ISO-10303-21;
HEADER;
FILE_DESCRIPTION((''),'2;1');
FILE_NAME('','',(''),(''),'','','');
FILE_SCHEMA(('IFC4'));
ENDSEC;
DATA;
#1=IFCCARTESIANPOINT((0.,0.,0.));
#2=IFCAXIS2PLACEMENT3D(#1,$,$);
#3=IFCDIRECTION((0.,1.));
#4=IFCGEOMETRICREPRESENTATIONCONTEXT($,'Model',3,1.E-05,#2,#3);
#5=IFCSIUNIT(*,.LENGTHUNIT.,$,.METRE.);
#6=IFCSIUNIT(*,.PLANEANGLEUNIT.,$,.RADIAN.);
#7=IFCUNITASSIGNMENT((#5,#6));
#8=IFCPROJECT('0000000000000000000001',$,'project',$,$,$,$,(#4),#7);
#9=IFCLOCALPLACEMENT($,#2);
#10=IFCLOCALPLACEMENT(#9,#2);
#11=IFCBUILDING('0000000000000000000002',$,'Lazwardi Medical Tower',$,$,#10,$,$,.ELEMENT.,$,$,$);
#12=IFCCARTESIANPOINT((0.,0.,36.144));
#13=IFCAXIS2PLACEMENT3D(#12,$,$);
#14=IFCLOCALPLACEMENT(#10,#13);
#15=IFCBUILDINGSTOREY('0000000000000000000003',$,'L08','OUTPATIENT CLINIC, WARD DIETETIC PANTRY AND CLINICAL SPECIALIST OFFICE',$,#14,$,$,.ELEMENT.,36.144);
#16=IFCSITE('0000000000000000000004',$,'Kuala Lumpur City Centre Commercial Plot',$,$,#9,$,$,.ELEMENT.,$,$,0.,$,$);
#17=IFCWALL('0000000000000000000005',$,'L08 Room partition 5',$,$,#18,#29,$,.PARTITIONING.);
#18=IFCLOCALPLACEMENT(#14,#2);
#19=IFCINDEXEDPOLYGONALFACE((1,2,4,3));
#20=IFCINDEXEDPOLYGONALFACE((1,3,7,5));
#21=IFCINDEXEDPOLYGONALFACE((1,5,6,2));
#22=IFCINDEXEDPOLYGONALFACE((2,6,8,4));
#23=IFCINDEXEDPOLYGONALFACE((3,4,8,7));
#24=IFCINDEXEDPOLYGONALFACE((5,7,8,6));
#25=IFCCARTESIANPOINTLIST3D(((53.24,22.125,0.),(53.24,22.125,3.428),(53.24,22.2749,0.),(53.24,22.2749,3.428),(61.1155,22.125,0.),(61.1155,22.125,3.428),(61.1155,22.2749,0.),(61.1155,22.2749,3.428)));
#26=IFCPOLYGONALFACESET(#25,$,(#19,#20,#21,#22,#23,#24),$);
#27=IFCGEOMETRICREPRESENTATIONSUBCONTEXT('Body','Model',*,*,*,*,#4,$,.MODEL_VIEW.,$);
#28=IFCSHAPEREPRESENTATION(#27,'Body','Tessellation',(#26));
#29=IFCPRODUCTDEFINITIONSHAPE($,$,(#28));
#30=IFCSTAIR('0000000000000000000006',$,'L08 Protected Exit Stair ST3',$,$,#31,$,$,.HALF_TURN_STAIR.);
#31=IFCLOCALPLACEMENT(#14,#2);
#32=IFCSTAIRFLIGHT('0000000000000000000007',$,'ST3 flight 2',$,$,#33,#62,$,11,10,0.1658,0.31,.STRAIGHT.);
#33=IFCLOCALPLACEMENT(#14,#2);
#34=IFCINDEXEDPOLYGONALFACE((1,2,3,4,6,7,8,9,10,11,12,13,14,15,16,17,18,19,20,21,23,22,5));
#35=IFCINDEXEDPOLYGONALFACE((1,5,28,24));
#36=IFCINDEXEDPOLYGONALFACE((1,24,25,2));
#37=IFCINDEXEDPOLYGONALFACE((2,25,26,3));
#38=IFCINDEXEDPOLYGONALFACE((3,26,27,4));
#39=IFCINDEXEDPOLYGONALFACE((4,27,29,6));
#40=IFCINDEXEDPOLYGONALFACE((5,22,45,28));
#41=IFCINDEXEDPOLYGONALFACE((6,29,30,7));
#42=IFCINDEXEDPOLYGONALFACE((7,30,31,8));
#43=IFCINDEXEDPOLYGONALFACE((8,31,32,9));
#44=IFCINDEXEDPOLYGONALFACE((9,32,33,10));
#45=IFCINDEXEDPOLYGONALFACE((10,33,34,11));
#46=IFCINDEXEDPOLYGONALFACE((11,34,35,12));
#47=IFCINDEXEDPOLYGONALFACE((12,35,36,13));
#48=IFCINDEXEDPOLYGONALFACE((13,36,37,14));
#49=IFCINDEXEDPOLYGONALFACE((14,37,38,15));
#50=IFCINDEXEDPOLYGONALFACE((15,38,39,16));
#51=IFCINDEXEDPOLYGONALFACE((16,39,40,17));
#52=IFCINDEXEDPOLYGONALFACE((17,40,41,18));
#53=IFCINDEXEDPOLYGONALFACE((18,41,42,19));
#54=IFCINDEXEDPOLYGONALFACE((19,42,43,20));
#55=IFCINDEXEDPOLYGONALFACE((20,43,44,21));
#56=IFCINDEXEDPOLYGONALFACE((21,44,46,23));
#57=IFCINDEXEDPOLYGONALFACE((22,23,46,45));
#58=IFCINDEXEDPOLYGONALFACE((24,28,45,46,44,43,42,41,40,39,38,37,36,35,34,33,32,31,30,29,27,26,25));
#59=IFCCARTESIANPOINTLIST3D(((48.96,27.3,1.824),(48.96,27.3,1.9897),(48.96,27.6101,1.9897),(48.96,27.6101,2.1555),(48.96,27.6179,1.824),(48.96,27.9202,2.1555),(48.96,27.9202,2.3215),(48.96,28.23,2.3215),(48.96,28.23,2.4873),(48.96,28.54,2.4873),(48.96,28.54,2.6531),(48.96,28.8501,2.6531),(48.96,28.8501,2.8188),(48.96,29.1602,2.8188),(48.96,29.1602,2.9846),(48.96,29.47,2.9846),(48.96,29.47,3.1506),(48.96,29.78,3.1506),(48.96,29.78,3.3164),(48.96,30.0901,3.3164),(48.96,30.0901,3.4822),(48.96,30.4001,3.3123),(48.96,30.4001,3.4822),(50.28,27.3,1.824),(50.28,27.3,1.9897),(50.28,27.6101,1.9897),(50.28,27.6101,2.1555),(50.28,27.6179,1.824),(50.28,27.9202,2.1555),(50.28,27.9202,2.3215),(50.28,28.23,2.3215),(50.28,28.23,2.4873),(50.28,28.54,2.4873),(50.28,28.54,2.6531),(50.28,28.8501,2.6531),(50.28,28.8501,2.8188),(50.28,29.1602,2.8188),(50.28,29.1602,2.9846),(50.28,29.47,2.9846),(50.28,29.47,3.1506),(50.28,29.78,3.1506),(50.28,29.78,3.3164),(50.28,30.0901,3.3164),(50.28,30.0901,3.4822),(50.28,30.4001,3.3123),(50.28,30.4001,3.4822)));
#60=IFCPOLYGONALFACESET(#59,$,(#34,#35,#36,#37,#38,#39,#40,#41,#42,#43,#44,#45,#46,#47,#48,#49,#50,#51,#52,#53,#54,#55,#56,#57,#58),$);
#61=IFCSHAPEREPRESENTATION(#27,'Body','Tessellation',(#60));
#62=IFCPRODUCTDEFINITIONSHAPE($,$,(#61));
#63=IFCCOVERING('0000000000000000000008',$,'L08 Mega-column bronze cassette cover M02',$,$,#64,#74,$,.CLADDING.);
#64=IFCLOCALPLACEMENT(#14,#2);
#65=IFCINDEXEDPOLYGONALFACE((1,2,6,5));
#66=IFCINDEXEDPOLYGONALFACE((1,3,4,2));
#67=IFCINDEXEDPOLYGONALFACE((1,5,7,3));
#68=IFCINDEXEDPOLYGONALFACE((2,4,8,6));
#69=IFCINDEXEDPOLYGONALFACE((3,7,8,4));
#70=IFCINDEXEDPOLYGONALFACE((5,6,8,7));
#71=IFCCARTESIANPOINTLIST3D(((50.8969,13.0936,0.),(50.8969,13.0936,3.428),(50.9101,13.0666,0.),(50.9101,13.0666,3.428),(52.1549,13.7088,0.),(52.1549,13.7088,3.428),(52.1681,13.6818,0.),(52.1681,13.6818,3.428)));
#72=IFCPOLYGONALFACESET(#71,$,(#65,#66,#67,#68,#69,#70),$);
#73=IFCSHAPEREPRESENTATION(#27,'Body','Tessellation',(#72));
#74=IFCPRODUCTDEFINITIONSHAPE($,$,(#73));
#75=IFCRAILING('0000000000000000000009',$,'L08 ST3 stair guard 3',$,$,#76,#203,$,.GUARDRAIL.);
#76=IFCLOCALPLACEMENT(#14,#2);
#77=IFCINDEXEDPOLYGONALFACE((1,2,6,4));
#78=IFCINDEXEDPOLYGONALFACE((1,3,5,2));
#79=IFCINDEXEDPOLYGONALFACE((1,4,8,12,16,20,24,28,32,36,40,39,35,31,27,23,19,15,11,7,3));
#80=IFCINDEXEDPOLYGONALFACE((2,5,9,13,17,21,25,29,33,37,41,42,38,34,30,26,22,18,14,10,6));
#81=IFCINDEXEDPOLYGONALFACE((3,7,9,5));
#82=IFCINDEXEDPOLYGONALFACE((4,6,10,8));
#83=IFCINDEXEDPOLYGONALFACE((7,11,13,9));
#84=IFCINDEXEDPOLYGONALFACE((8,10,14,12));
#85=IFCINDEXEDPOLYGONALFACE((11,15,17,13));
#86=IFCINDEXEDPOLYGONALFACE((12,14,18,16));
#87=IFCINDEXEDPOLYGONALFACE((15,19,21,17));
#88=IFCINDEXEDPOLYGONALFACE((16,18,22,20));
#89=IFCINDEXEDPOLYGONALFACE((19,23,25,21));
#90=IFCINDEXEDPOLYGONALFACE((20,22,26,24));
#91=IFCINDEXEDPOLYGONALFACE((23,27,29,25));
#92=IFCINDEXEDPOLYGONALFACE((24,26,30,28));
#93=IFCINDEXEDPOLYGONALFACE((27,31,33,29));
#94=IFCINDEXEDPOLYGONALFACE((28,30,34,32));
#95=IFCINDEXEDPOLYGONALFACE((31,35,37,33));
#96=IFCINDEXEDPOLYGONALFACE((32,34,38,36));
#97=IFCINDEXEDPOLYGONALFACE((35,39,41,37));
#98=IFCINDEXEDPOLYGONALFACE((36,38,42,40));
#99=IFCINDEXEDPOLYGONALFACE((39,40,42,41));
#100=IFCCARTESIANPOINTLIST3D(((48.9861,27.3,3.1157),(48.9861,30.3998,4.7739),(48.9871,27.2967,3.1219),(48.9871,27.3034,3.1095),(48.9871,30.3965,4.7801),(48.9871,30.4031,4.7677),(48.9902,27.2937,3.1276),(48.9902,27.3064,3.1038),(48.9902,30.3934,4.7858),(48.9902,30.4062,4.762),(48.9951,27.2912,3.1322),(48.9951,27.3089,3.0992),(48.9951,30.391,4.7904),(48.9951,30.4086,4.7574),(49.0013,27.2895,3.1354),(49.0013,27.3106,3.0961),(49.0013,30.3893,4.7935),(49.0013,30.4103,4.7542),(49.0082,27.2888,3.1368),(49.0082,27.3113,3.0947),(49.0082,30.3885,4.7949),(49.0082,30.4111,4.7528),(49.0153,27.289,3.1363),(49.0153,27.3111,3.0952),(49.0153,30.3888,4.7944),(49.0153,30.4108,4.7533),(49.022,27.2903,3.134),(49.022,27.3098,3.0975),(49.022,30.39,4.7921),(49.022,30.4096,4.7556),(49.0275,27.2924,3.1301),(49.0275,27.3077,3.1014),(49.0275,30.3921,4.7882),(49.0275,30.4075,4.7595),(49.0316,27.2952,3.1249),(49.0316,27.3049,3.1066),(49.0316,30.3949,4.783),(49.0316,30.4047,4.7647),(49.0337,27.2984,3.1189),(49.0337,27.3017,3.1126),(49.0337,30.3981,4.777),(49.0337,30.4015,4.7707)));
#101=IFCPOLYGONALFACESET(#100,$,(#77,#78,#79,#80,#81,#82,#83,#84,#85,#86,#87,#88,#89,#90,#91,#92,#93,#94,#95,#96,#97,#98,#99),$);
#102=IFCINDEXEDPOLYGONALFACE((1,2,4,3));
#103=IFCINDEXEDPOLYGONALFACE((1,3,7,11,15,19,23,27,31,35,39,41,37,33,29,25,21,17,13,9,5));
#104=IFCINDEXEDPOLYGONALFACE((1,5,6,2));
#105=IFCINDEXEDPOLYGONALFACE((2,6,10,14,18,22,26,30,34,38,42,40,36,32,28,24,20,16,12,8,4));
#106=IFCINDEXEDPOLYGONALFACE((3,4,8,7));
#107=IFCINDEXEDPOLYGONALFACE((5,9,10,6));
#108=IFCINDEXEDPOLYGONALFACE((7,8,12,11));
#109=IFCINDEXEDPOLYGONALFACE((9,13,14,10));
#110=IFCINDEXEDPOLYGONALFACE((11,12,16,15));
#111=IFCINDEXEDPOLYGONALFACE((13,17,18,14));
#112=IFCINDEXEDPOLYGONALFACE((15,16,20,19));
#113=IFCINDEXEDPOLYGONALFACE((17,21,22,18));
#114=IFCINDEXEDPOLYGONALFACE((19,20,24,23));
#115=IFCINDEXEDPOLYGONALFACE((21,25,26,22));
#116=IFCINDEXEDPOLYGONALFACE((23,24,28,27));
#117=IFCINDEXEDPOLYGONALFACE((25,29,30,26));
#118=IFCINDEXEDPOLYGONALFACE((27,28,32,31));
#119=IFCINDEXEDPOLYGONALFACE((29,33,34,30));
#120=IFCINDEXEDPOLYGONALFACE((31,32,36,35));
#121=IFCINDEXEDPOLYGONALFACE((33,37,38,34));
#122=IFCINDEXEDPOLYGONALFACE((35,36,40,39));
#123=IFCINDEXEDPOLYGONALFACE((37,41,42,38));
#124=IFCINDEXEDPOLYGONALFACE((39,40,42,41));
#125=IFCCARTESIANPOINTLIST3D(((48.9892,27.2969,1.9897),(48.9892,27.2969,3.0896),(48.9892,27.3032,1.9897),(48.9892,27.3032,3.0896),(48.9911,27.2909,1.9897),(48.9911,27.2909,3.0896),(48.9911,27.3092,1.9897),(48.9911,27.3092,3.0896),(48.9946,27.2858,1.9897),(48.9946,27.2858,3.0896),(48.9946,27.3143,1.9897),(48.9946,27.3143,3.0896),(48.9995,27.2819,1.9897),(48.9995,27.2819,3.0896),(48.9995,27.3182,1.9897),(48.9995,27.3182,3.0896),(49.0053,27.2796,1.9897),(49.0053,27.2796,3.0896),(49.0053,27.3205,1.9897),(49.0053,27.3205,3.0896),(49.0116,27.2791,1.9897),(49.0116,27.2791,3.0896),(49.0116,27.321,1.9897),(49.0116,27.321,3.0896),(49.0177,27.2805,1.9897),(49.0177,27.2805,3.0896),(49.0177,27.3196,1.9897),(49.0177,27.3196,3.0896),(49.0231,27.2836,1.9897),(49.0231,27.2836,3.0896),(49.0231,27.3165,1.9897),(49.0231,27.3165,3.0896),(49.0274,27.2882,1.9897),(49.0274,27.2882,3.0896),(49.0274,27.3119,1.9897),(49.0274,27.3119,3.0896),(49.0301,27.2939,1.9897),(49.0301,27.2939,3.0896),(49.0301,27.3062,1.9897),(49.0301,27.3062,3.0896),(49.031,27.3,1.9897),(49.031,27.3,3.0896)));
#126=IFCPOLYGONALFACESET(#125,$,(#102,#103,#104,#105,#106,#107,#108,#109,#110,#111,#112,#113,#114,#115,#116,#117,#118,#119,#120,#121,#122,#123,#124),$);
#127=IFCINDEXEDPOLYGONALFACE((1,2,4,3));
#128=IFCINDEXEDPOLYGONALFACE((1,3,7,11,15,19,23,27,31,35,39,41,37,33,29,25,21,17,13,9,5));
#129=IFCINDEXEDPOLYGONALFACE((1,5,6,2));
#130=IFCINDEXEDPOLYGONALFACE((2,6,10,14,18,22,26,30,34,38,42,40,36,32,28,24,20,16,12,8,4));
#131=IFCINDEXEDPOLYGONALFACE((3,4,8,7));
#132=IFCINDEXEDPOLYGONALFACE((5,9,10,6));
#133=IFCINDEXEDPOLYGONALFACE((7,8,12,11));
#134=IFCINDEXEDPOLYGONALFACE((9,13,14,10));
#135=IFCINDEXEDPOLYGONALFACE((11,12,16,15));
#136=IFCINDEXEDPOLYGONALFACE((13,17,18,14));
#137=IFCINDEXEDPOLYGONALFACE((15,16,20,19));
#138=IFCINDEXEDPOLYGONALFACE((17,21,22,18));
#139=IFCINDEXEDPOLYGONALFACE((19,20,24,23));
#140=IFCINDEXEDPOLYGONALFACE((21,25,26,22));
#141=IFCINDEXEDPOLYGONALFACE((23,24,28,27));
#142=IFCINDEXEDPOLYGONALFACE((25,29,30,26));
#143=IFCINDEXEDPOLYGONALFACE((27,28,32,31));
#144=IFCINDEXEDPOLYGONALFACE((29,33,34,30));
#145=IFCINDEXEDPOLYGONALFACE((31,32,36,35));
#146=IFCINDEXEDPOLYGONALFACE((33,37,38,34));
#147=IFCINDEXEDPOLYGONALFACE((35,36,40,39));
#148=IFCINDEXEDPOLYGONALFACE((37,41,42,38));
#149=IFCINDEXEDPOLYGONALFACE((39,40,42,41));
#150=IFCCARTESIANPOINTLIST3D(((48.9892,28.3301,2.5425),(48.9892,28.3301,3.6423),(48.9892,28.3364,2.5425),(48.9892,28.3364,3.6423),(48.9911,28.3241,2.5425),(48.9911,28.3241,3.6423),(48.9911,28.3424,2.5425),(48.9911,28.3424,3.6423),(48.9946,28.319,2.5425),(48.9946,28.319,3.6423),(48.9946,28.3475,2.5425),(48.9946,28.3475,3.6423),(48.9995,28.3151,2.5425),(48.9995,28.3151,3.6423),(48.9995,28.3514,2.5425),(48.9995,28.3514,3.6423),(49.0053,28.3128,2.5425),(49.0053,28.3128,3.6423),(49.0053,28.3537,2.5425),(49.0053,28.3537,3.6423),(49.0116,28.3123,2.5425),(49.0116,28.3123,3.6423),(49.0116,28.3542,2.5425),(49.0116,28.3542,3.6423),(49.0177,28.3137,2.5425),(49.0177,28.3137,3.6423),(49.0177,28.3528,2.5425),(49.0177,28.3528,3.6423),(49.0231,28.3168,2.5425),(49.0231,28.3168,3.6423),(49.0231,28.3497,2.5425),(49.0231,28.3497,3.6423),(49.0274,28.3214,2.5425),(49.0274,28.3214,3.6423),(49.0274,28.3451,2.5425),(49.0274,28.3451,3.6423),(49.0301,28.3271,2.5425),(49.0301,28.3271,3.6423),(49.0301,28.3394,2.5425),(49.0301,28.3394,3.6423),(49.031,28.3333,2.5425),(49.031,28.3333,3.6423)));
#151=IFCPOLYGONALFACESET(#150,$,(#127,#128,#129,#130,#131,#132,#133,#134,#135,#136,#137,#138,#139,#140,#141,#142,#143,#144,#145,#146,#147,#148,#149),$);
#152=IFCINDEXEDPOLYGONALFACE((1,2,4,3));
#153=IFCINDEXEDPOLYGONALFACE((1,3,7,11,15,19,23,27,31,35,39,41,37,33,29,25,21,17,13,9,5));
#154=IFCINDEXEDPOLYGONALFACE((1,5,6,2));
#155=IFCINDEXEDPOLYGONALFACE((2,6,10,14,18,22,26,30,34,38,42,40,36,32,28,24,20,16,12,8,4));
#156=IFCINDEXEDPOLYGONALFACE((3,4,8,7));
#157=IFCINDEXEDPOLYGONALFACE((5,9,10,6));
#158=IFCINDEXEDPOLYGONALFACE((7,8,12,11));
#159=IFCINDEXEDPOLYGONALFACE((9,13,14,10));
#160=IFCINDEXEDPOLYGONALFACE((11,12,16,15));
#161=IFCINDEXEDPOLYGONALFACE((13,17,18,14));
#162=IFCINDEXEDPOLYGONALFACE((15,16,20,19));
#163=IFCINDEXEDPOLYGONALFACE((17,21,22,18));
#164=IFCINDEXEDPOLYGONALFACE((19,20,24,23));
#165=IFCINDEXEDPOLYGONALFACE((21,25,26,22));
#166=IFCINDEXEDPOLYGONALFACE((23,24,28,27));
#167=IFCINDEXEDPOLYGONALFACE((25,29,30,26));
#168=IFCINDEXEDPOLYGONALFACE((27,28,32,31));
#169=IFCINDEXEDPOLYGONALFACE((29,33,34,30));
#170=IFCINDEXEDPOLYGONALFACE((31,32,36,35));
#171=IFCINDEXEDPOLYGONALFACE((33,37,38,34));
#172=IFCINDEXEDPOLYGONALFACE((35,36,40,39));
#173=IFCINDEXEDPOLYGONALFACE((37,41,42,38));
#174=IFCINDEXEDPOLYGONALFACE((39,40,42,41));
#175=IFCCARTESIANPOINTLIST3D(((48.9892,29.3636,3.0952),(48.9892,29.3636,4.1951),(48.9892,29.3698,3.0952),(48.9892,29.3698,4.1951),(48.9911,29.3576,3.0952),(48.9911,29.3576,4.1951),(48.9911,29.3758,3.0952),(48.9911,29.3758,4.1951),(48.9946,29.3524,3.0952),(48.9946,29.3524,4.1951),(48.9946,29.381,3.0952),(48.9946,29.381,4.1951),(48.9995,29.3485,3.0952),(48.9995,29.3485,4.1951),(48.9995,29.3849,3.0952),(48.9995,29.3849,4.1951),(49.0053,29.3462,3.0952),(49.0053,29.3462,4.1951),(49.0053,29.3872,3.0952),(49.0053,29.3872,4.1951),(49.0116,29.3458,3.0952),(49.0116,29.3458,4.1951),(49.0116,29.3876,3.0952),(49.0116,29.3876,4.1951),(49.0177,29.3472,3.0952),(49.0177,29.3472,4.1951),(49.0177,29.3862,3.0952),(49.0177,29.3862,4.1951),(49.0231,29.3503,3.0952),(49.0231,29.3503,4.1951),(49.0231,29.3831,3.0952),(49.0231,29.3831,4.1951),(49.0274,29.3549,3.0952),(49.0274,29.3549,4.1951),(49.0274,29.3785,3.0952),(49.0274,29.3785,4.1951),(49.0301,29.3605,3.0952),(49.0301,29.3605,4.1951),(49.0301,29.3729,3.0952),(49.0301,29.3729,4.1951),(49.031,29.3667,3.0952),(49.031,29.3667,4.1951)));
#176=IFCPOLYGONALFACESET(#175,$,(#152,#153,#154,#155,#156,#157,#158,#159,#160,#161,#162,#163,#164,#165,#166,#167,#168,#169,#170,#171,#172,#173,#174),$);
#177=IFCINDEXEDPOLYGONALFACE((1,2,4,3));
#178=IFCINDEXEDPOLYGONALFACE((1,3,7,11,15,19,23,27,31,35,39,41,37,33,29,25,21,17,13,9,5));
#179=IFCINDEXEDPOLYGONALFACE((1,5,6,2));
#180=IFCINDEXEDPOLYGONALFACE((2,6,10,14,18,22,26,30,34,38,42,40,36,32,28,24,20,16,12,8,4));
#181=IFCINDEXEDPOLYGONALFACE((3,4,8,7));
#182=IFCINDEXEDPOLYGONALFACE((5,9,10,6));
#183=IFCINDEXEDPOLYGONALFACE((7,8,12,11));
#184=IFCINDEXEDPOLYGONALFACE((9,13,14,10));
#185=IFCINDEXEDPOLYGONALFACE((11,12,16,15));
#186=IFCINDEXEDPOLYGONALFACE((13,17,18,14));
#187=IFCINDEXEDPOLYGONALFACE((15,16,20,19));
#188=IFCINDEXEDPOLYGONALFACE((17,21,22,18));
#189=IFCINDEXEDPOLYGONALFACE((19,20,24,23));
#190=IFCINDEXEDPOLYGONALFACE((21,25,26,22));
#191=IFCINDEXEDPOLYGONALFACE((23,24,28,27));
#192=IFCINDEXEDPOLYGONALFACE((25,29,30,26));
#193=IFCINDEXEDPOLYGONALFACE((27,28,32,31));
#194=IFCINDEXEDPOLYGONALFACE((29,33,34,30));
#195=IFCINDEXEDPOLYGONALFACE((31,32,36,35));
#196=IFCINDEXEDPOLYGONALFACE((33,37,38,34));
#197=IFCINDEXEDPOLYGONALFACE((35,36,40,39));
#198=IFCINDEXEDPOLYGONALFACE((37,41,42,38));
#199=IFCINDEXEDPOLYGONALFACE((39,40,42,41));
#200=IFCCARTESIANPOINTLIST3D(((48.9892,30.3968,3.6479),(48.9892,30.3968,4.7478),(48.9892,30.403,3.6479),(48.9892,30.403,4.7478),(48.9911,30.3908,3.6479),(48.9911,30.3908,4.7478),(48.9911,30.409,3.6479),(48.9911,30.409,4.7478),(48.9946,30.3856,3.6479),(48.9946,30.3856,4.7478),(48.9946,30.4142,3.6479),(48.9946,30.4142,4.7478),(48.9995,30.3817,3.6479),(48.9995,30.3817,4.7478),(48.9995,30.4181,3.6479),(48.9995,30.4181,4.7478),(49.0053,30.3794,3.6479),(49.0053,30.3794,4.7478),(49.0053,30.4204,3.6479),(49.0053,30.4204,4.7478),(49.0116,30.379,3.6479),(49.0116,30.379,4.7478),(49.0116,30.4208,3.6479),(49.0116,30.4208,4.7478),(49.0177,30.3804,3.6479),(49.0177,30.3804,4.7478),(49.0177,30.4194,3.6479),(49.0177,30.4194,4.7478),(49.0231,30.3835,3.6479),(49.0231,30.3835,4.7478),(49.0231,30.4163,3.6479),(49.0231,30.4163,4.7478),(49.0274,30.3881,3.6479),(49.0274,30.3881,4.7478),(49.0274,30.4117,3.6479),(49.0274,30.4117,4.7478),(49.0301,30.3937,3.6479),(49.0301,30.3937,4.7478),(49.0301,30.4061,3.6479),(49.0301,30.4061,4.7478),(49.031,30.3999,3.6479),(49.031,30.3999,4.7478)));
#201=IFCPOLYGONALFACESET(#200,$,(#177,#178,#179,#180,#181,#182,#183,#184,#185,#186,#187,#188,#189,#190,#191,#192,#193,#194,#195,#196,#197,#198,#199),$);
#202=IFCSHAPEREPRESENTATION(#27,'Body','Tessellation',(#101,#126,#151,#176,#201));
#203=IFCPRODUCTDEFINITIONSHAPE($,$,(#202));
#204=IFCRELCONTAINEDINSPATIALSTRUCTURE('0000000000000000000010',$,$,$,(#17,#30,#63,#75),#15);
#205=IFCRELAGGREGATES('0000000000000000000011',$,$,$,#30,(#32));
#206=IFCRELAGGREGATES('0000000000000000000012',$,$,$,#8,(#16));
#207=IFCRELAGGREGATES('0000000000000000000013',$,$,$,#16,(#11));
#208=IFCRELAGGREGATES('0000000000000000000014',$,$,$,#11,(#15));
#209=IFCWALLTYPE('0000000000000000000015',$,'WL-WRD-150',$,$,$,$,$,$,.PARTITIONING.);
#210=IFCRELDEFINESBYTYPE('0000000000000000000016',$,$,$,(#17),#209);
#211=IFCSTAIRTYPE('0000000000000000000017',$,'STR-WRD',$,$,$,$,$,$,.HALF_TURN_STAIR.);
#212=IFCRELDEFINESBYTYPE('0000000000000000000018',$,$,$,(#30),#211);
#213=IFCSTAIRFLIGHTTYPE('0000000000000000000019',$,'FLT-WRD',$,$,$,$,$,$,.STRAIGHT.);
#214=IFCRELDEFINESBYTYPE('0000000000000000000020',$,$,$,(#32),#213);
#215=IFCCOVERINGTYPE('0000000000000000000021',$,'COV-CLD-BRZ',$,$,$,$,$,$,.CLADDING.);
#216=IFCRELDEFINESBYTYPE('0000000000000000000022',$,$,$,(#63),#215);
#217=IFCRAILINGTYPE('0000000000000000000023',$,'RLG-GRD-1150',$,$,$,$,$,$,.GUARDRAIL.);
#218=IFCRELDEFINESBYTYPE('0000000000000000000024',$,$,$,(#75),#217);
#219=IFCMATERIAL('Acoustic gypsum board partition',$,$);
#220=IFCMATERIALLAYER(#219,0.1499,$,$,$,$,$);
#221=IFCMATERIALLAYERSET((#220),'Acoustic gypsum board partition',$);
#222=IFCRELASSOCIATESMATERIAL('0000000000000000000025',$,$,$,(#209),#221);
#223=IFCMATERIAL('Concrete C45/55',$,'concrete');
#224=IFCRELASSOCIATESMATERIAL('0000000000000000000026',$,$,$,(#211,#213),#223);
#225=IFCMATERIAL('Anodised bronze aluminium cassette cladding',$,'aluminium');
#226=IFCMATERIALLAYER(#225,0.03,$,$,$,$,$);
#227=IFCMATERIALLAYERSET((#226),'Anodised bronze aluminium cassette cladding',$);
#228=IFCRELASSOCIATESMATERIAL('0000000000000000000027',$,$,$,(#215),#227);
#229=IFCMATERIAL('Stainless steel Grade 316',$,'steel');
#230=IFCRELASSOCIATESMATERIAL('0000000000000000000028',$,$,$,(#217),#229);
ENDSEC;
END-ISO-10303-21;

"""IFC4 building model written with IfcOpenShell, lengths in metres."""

from ifc_helpers import new_model, si_unit, direction, frame, frame_2d, origin, origin_2d, place, context, subcontext, project, spatial, polyline, rectangle, circle, outline, extrude, material, layer, layer_set, type_object, element, aggregate, save


model = new_model("IFC4")

# Units and contexts
model_context = context("Model", 3, precision=1e-05, world=origin(), true_north=direction((0.0, 1.0)))
body_context = subcontext(model_context, "Body", "Model", "MODEL_VIEW")
ifc_project = project(units=[si_unit("LENGTHUNIT", "METRE"), si_unit("PLANEANGLEUNIT", "RADIAN")], contexts=[model_context])

# Site, building, storey
site_placement = place(None, origin())
site = spatial("IfcSite", under=ifc_project, at=site_placement, Name="Kuala Lumpur City Centre Commercial Plot", CompositionType="ELEMENT", RefElevation=0.0)
building_placement = place(site_placement, origin())
building = spatial("IfcBuilding", under=site, at=building_placement, Name="Lazwardi Medical Tower", CompositionType="ELEMENT")
storey_placement = place(building_placement, frame((0.0, 0.0, 36.144)))
storey = spatial("IfcBuildingStorey", under=building, at=storey_placement, Name="L08", Description="OUTPATIENT CLINIC, WARD DIETETIC PANTRY AND CLINICAL SPECIALIST OFFICE", CompositionType="ELEMENT", Elevation=36.144)

# Wall
ifc_material_1 = material(Name="Acoustic gypsum board partition")
ifc_layer_1 = layer(ifc_material_1, 0.1499)
ifc_layer_set_1 = layer_set([ifc_layer_1], Name="Acoustic gypsum board partition")
wall_type_1 = type_object("IfcWallType", Name="WL-WRD-150", PredefinedType="PARTITIONING", material=ifc_layer_set_1)
wall_1_placement = place(storey_placement, frame((53.24, 22.2, 0.0), z_axis=(0.0, 0.0, 1.0), x_axis=(1.0, 0.0, 0.0)))
element("IfcWall", 1, at=wall_1_placement, inside=storey, type_object=wall_type_1, Name="L08 Room partition 5", PredefinedType="PARTITIONING", context=body_context, shape_type="SweptSolid", body=[
    extrude(rectangle(XDim=7.8755, YDim=0.1499, at=frame_2d((3.9377, 0.0))), origin(), (0.0, 0.0, 1.0), 3.428),
])

# Stair, stair flight
ifc_material_2 = material(Name="Concrete C45/55", Category="concrete")
stair_type = type_object("IfcStairType", Name="STR-WRD", PredefinedType="HALF_TURN_STAIR", material=ifc_material_2)
stair_placement = place(storey_placement, origin())
stair = element("IfcStair", 2, at=stair_placement, inside=storey, type_object=stair_type, Name="L08 Protected Exit Stair ST3", PredefinedType="HALF_TURN_STAIR")
stair_flight_type = type_object("IfcStairFlightType", Name="FLT-WRD", PredefinedType="STRAIGHT", material=ifc_material_2)
stair_flight_placement = place(storey_placement, frame((49.6201, 27.3, 1.824), z_axis=(0.0, 0.0, 1.0), x_axis=(0.0, 1.0, 0.0)))
stair_flight = element("IfcStairFlight", 3, at=stair_flight_placement, type_object=stair_flight_type, Name="ST3 flight 2", NumberOfRisers=11, NumberOfTreads=10, PredefinedType="STRAIGHT", RiserHeight=0.1658, TreadLength=0.31, context=body_context, shape_type="SweptSolid", body=[
    extrude(outline(polyline([(0.0, 0.0), (0.0, 0.1658), (0.3101, 0.1658), (0.3101, 0.3315), (0.6201, 0.3315), (0.6201, 0.4976), (0.9299, 0.4976), (0.9299, 0.6633), (1.24, 0.6633), (1.24, 0.8291), (1.55, 0.8291), (1.55, 0.9949), (1.8601, 0.9949), (1.8601, 1.1606), (2.1699, 1.1606), (2.1699, 1.3267), (2.48, 1.3267), (2.48, 1.4924), (2.79, 1.4924), (2.79, 1.6582), (3.1001, 1.6582), (3.1001, 1.824), (3.1001, 1.4883), (0.3179, 0.0), (0.0, 0.0)])), frame((0.0, 0.6602, 0.0), z_axis=(0.0, -1.0, 0.0), x_axis=(1.0, 0.0, 0.0)), (0.0, 0.0, 1.0), 1.3201),
])
aggregate(stair, [stair_flight])

# Covering
ifc_material_3 = material(Name="Anodised bronze aluminium cassette cladding", Category="aluminium")
ifc_layer_2 = layer(ifc_material_3, 0.03)
ifc_layer_set_2 = layer_set([ifc_layer_2], Name="Anodised bronze aluminium cassette cladding")
covering_type = type_object("IfcCoveringType", Name="COV-CLD-BRZ", PredefinedType="CLADDING", material=ifc_layer_set_2)
covering_placement = place(storey_placement, frame((51.5325, 13.3877, 0.0), z_axis=(0.0, 0.0, 1.0), x_axis=(0.898334, 0.439312, 0.0)))
element("IfcCovering", 4, at=covering_placement, inside=storey, type_object=covering_type, Name="L08 Mega-column bronze cassette cover M02", PredefinedType="CLADDING", context=body_context, shape_type="SweptSolid", body=[
    extrude(rectangle(XDim=1.4004, YDim=0.03, at=origin_2d()), origin(), (0.0, 0.0, 1.0), 3.428),
])

# Railing
ifc_material_4 = material(Name="Stainless steel Grade 316", Category="steel")
railing_type_1 = type_object("IfcRailingType", Name="RLG-GRD-1150", PredefinedType="GUARDRAIL", material=ifc_material_4)
railing_1_placement = place(storey_placement, frame((49.01, 27.3, 1.9897)))
element("IfcRailing", 5, at=railing_1_placement, inside=storey, type_object=railing_type_1, Name="L08 ST3 stair guard 3", PredefinedType="GUARDRAIL", context=body_context, shape_type="SweptSolid", body=[
    extrude(circle(Radius=0.0239, at=origin_2d()), frame((0.0, 0.0, 1.126), z_axis=(0.0, 0.881768, 0.471684), x_axis=(-1.0, 0.0, 0.0)), (0.0, 0.0, 1.0), 3.5154),
    extrude(circle(Radius=0.021, at=origin_2d()), origin(), (0.0, 0.0, 1.0), 1.0999),
    extrude(circle(Radius=0.021, at=origin_2d()), frame((0.0, 1.0332, 0.5527)), (0.0, 0.0, 1.0), 1.0999),
    extrude(circle(Radius=0.021, at=origin_2d()), frame((0.0, 2.0667, 1.1055)), (0.0, 0.0, 1.0), 1.0999),
    extrude(circle(Radius=0.021, at=origin_2d()), frame((0.0, 3.0999, 1.6582)), (0.0, 0.0, 1.0), 1.0999),
])

save(model, "model.ifc")
